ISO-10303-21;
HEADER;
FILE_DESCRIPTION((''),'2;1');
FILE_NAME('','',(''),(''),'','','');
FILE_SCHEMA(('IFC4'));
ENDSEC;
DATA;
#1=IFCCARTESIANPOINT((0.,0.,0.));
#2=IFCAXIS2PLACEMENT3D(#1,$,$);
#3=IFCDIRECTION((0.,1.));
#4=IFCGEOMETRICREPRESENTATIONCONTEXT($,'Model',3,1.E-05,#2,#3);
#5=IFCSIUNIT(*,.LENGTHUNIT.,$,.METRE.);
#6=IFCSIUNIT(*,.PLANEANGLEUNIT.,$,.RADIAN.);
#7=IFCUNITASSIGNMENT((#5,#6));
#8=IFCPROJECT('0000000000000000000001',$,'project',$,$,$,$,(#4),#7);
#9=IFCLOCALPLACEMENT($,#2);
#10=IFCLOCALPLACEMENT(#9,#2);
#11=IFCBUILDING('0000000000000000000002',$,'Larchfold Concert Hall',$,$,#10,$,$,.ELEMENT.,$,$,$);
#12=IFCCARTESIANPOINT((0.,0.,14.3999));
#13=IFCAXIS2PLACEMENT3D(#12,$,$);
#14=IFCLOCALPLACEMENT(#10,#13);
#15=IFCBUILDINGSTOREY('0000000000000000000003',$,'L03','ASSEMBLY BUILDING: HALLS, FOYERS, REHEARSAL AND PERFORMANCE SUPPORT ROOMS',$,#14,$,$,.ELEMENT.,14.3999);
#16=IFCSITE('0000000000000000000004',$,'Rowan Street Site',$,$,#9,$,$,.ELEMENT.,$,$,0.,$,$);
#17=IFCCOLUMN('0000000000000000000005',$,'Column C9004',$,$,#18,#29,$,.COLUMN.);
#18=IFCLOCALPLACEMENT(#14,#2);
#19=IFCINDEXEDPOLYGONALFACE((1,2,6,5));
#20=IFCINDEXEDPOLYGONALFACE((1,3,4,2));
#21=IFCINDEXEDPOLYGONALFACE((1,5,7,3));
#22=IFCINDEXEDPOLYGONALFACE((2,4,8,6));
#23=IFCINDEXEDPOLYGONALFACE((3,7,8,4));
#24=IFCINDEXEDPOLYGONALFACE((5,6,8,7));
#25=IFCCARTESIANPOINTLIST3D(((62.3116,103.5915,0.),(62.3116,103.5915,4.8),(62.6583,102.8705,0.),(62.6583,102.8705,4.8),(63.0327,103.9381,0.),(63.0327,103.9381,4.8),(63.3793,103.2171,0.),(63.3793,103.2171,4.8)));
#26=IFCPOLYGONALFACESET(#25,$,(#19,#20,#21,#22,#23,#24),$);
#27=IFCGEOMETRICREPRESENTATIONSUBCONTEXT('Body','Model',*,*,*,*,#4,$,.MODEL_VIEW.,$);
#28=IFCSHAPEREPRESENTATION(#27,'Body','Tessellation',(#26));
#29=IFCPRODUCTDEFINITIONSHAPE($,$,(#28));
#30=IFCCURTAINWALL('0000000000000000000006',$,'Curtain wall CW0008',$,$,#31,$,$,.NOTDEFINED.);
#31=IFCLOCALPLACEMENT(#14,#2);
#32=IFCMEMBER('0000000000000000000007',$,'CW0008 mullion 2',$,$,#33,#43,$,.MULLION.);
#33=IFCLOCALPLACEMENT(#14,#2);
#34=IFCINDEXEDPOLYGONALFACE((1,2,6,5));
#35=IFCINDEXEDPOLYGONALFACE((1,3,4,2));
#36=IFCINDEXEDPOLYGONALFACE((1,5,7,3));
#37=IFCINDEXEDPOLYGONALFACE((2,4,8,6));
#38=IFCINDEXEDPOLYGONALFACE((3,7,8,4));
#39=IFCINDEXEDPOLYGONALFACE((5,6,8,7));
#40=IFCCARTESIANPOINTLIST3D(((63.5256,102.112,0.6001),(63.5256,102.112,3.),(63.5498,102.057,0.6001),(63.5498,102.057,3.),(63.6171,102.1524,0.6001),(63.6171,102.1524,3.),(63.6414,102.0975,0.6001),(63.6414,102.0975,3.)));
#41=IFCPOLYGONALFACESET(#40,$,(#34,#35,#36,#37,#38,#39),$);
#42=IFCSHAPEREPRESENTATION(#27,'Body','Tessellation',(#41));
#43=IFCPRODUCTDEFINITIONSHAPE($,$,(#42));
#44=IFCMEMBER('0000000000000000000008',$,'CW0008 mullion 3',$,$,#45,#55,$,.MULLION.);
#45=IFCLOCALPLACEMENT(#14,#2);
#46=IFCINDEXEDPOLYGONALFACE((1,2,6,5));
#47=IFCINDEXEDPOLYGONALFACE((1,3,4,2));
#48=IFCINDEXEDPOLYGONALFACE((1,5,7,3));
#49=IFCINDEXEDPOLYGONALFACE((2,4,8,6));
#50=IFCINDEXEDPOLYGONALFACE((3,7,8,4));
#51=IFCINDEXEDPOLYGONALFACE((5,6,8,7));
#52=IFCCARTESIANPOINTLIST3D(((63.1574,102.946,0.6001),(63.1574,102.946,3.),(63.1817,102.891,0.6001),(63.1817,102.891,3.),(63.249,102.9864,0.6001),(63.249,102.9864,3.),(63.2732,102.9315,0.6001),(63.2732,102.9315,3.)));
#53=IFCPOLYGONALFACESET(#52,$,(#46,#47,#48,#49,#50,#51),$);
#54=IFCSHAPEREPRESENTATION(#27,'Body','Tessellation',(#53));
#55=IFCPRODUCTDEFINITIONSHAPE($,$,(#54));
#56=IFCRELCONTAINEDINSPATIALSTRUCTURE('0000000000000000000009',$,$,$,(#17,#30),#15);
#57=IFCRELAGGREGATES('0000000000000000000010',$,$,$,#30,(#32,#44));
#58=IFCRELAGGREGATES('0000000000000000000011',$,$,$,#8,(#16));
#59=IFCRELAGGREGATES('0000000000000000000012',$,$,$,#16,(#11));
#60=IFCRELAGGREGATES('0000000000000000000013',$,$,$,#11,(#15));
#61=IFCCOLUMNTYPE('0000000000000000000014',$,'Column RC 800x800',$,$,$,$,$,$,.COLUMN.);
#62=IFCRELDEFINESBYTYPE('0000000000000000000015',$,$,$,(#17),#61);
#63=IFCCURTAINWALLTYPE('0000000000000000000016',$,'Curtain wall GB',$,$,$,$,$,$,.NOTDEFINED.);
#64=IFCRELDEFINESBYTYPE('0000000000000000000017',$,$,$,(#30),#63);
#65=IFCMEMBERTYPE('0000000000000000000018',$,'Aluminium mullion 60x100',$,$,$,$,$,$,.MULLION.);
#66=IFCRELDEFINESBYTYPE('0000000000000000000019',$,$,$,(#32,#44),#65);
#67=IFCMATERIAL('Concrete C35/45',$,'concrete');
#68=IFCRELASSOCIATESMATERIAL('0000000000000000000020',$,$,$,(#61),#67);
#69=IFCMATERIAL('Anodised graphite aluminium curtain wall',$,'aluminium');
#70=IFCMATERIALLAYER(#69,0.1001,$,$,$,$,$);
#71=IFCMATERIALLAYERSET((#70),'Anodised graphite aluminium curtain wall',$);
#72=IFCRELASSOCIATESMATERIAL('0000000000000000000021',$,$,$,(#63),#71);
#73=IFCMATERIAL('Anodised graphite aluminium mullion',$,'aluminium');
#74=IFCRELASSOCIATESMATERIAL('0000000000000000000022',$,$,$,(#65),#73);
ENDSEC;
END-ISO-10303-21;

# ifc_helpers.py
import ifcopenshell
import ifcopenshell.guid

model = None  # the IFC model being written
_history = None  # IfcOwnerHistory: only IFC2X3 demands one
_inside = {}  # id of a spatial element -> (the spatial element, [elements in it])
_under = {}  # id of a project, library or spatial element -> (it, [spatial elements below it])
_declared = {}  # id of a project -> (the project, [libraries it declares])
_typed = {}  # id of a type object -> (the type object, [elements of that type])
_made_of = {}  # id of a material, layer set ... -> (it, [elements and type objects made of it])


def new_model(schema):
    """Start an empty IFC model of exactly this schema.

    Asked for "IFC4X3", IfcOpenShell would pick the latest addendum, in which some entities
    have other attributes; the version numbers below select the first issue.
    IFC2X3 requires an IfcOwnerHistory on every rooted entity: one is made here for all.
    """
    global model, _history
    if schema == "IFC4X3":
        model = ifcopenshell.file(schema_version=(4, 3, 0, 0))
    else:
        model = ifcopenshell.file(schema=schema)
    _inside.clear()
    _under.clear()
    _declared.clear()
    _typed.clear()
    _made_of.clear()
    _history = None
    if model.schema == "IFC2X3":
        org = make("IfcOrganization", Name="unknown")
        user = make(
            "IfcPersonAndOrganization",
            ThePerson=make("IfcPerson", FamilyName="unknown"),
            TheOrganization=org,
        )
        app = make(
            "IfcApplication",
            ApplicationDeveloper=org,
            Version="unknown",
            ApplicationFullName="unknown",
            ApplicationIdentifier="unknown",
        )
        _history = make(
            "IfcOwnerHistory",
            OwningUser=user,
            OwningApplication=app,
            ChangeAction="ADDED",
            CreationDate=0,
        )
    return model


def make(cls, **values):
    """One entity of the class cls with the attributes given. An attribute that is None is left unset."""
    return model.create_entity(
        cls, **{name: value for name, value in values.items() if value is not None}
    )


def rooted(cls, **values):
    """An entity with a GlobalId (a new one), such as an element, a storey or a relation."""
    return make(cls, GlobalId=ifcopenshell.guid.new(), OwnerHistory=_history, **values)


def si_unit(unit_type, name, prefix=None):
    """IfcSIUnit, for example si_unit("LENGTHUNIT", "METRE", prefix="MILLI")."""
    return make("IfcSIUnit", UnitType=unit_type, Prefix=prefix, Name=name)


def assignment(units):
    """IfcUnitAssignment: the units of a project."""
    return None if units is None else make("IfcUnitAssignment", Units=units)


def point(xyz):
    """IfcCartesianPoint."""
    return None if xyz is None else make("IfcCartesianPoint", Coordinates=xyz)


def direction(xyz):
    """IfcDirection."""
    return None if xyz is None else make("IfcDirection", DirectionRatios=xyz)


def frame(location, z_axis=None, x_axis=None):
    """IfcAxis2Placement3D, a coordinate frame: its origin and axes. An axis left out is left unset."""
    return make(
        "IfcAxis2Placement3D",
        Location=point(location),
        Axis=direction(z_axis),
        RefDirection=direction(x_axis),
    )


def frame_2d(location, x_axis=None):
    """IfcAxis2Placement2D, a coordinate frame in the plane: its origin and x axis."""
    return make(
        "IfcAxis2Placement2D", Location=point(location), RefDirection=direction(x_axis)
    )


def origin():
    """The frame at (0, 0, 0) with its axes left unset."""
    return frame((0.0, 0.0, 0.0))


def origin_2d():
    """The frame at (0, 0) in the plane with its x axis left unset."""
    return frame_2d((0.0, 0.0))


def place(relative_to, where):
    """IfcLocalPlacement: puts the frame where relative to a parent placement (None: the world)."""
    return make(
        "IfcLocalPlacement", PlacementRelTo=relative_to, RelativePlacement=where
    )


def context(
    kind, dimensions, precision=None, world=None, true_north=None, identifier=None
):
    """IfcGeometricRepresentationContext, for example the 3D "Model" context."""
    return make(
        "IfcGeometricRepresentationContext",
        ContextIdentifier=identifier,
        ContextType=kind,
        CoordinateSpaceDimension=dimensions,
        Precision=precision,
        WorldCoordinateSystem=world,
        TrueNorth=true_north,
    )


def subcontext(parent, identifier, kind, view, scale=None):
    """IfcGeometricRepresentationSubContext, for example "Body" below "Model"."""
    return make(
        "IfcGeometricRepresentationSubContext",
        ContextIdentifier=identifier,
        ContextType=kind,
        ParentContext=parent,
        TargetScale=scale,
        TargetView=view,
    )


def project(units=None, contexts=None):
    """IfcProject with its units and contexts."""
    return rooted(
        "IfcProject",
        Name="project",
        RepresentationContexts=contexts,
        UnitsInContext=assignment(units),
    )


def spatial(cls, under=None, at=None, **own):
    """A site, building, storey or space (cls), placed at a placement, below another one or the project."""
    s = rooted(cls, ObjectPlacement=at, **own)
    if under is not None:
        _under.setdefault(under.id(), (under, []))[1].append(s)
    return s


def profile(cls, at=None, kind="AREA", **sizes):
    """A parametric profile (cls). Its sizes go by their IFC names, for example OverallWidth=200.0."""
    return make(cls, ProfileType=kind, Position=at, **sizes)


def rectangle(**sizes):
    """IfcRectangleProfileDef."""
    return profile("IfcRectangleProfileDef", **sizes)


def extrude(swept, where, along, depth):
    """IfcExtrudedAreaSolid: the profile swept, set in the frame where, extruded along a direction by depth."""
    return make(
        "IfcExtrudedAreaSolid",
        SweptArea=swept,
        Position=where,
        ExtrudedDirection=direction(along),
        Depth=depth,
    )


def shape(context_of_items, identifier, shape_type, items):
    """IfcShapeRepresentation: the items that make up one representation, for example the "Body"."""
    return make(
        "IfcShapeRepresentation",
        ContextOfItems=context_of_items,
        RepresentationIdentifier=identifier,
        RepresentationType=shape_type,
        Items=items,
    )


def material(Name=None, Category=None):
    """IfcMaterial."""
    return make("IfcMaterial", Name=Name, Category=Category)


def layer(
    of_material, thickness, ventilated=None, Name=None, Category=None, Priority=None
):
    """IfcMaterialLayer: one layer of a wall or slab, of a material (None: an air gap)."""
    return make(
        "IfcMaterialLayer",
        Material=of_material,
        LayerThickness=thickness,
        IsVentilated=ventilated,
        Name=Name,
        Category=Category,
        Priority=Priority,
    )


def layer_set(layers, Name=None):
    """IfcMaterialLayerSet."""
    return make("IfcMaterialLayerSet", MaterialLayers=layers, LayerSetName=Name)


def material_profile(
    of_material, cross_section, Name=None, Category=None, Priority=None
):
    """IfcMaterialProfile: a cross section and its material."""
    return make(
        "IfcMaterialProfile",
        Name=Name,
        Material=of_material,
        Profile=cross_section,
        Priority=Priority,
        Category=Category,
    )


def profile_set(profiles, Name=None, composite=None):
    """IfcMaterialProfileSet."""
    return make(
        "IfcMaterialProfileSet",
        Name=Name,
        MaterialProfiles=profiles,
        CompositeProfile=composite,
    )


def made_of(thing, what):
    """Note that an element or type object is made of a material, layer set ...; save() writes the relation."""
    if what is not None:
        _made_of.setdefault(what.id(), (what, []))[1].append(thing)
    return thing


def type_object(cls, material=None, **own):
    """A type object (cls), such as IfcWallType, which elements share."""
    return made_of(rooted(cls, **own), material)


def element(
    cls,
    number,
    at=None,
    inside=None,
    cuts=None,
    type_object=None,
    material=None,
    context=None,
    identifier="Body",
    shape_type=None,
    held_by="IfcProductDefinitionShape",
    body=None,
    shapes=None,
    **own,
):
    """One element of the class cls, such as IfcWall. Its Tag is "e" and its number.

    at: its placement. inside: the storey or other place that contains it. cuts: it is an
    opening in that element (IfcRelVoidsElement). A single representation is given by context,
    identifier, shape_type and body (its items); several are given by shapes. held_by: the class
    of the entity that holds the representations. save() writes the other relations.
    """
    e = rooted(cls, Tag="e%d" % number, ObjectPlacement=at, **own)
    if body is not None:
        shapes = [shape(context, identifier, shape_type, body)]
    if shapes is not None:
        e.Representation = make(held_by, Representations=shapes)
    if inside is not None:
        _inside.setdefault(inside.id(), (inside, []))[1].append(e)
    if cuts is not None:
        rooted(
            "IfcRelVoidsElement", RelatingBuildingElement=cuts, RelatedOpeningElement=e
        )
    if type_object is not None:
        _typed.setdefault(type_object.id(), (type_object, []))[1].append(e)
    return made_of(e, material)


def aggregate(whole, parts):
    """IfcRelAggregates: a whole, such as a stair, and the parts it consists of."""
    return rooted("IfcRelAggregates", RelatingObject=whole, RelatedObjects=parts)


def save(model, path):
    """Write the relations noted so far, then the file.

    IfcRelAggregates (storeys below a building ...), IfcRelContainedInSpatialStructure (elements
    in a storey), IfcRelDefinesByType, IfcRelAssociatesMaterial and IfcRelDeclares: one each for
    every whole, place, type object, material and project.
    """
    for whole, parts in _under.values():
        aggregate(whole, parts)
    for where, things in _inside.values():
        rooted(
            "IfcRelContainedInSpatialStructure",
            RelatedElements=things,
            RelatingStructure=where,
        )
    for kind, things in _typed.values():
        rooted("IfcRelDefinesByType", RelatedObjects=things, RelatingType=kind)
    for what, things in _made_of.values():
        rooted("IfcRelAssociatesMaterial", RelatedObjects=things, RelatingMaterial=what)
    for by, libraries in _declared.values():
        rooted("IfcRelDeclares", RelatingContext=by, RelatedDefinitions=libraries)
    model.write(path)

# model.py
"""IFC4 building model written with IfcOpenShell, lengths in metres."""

from ifc_helpers import new_model, si_unit, direction, frame, origin, origin_2d, place, context, subcontext, project, spatial, rectangle, extrude, material, layer, layer_set, material_profile, profile_set, type_object, element, aggregate, save


model = new_model("IFC4")

# Units and contexts
model_context = context("Model", 3, precision=1e-05, world=origin(), true_north=direction((0.0, 1.0)))
body_context = subcontext(model_context, "Body", "Model", "MODEL_VIEW")
ifc_project = project(units=[si_unit("LENGTHUNIT", "METRE"), si_unit("PLANEANGLEUNIT", "RADIAN")], contexts=[model_context])

# Site, building, storey
site_placement = place(None, origin())
site = spatial("IfcSite", under=ifc_project, at=site_placement, Name="Rowan Street Site", CompositionType="ELEMENT", RefElevation=0.0)
building_placement = place(site_placement, origin())
building = spatial("IfcBuilding", under=site, at=building_placement, Name="Larchfold Concert Hall", CompositionType="ELEMENT")
storey_placement = place(building_placement, frame((0.0, 0.0, 14.3999)))
storey = spatial("IfcBuildingStorey", under=building, at=storey_placement, Name="L03", Description="ASSEMBLY BUILDING: HALLS, FOYERS, REHEARSAL AND PERFORMANCE SUPPORT ROOMS", CompositionType="ELEMENT", Elevation=14.3999)

# Column
ifc_material_1 = material(Name="Concrete C35/45", Category="concrete")
ifc_material_profile_1 = material_profile(ifc_material_1, rectangle(XDim=0.8, YDim=0.8, at=origin_2d()))
ifc_profile_set_1 = profile_set([ifc_material_profile_1], Name="Concrete C35/45")
column_type = type_object("IfcColumnType", Name="Column RC 800x800", PredefinedType="COLUMN", material=ifc_profile_set_1)
column_placement = place(storey_placement, frame((62.8455, 103.4043, 0.0), z_axis=(0.0, 0.0, 1.0), x_axis=(0.901263, 0.433272, 0.0)))
element("IfcColumn", 1, at=column_placement, inside=storey, type_object=column_type, Name="Column C9004", PredefinedType="COLUMN", context=body_context, shape_type="SweptSolid", body=[
    extrude(rectangle(XDim=0.8, YDim=0.8, at=origin_2d()), origin(), (0.0, 0.0, 1.0), 4.8),
])

# Curtain wall, members
ifc_material_2 = material(Name="Anodised graphite aluminium curtain wall", Category="aluminium")
ifc_layer_1 = layer(ifc_material_2, 0.1001)
ifc_layer_set_1 = layer_set([ifc_layer_1], Name="Anodised graphite aluminium curtain wall")
curtain_wall_type = type_object("IfcCurtainWallType", Name="Curtain wall GB", PredefinedType="NOTDEFINED", material=ifc_layer_set_1)
curtain_wall_1_placement = place(storey_placement, origin())
curtain_wall_1 = element("IfcCurtainWall", 2, at=curtain_wall_1_placement, inside=storey, type_object=curtain_wall_type, Name="Curtain wall CW0008", PredefinedType="NOTDEFINED")
ifc_material_3 = material(Name="Anodised graphite aluminium mullion", Category="aluminium")
ifc_material_profile_2 = material_profile(ifc_material_3, rectangle(XDim=0.1001, YDim=0.0601, at=origin_2d()))
ifc_profile_set_2 = profile_set([ifc_material_profile_2], Name="Anodised graphite aluminium mullion")
member_type_1 = type_object("IfcMemberType", Name="Aluminium mullion 60x100", PredefinedType="MULLION", material=ifc_profile_set_2)
member_1_placement = place(storey_placement, frame((63.5835, 102.1047, 0.6001), z_axis=(0.0, 0.0, 1.0), x_axis=(-0.914745, -0.404033, 0.0)))
member_1 = element("IfcMember", 3, at=member_1_placement, type_object=member_type_1, Name="CW0008 mullion 2", PredefinedType="MULLION", context=body_context, shape_type="SweptSolid", body=[
    extrude(rectangle(XDim=0.1001, YDim=0.0601, at=origin_2d()), origin(), (0.0, 0.0, 1.0), 2.3999),
])
member_2_placement = place(storey_placement, frame((63.2153, 102.9387, 0.6001), z_axis=(0.0, 0.0, 1.0), x_axis=(-0.914745, -0.404033, 0.0)))
member_2 = element("IfcMember", 4, at=member_2_placement, type_object=member_type_1, Name="CW0008 mullion 3", PredefinedType="MULLION", context=body_context, shape_type="SweptSolid", body=[
    extrude(rectangle(XDim=0.1001, YDim=0.0601, at=origin_2d()), origin(), (0.0, 0.0, 1.0), 2.3999),
])

aggregate(curtain_wall_1, [member_1, member_2])

save(model, "model.ifc")
